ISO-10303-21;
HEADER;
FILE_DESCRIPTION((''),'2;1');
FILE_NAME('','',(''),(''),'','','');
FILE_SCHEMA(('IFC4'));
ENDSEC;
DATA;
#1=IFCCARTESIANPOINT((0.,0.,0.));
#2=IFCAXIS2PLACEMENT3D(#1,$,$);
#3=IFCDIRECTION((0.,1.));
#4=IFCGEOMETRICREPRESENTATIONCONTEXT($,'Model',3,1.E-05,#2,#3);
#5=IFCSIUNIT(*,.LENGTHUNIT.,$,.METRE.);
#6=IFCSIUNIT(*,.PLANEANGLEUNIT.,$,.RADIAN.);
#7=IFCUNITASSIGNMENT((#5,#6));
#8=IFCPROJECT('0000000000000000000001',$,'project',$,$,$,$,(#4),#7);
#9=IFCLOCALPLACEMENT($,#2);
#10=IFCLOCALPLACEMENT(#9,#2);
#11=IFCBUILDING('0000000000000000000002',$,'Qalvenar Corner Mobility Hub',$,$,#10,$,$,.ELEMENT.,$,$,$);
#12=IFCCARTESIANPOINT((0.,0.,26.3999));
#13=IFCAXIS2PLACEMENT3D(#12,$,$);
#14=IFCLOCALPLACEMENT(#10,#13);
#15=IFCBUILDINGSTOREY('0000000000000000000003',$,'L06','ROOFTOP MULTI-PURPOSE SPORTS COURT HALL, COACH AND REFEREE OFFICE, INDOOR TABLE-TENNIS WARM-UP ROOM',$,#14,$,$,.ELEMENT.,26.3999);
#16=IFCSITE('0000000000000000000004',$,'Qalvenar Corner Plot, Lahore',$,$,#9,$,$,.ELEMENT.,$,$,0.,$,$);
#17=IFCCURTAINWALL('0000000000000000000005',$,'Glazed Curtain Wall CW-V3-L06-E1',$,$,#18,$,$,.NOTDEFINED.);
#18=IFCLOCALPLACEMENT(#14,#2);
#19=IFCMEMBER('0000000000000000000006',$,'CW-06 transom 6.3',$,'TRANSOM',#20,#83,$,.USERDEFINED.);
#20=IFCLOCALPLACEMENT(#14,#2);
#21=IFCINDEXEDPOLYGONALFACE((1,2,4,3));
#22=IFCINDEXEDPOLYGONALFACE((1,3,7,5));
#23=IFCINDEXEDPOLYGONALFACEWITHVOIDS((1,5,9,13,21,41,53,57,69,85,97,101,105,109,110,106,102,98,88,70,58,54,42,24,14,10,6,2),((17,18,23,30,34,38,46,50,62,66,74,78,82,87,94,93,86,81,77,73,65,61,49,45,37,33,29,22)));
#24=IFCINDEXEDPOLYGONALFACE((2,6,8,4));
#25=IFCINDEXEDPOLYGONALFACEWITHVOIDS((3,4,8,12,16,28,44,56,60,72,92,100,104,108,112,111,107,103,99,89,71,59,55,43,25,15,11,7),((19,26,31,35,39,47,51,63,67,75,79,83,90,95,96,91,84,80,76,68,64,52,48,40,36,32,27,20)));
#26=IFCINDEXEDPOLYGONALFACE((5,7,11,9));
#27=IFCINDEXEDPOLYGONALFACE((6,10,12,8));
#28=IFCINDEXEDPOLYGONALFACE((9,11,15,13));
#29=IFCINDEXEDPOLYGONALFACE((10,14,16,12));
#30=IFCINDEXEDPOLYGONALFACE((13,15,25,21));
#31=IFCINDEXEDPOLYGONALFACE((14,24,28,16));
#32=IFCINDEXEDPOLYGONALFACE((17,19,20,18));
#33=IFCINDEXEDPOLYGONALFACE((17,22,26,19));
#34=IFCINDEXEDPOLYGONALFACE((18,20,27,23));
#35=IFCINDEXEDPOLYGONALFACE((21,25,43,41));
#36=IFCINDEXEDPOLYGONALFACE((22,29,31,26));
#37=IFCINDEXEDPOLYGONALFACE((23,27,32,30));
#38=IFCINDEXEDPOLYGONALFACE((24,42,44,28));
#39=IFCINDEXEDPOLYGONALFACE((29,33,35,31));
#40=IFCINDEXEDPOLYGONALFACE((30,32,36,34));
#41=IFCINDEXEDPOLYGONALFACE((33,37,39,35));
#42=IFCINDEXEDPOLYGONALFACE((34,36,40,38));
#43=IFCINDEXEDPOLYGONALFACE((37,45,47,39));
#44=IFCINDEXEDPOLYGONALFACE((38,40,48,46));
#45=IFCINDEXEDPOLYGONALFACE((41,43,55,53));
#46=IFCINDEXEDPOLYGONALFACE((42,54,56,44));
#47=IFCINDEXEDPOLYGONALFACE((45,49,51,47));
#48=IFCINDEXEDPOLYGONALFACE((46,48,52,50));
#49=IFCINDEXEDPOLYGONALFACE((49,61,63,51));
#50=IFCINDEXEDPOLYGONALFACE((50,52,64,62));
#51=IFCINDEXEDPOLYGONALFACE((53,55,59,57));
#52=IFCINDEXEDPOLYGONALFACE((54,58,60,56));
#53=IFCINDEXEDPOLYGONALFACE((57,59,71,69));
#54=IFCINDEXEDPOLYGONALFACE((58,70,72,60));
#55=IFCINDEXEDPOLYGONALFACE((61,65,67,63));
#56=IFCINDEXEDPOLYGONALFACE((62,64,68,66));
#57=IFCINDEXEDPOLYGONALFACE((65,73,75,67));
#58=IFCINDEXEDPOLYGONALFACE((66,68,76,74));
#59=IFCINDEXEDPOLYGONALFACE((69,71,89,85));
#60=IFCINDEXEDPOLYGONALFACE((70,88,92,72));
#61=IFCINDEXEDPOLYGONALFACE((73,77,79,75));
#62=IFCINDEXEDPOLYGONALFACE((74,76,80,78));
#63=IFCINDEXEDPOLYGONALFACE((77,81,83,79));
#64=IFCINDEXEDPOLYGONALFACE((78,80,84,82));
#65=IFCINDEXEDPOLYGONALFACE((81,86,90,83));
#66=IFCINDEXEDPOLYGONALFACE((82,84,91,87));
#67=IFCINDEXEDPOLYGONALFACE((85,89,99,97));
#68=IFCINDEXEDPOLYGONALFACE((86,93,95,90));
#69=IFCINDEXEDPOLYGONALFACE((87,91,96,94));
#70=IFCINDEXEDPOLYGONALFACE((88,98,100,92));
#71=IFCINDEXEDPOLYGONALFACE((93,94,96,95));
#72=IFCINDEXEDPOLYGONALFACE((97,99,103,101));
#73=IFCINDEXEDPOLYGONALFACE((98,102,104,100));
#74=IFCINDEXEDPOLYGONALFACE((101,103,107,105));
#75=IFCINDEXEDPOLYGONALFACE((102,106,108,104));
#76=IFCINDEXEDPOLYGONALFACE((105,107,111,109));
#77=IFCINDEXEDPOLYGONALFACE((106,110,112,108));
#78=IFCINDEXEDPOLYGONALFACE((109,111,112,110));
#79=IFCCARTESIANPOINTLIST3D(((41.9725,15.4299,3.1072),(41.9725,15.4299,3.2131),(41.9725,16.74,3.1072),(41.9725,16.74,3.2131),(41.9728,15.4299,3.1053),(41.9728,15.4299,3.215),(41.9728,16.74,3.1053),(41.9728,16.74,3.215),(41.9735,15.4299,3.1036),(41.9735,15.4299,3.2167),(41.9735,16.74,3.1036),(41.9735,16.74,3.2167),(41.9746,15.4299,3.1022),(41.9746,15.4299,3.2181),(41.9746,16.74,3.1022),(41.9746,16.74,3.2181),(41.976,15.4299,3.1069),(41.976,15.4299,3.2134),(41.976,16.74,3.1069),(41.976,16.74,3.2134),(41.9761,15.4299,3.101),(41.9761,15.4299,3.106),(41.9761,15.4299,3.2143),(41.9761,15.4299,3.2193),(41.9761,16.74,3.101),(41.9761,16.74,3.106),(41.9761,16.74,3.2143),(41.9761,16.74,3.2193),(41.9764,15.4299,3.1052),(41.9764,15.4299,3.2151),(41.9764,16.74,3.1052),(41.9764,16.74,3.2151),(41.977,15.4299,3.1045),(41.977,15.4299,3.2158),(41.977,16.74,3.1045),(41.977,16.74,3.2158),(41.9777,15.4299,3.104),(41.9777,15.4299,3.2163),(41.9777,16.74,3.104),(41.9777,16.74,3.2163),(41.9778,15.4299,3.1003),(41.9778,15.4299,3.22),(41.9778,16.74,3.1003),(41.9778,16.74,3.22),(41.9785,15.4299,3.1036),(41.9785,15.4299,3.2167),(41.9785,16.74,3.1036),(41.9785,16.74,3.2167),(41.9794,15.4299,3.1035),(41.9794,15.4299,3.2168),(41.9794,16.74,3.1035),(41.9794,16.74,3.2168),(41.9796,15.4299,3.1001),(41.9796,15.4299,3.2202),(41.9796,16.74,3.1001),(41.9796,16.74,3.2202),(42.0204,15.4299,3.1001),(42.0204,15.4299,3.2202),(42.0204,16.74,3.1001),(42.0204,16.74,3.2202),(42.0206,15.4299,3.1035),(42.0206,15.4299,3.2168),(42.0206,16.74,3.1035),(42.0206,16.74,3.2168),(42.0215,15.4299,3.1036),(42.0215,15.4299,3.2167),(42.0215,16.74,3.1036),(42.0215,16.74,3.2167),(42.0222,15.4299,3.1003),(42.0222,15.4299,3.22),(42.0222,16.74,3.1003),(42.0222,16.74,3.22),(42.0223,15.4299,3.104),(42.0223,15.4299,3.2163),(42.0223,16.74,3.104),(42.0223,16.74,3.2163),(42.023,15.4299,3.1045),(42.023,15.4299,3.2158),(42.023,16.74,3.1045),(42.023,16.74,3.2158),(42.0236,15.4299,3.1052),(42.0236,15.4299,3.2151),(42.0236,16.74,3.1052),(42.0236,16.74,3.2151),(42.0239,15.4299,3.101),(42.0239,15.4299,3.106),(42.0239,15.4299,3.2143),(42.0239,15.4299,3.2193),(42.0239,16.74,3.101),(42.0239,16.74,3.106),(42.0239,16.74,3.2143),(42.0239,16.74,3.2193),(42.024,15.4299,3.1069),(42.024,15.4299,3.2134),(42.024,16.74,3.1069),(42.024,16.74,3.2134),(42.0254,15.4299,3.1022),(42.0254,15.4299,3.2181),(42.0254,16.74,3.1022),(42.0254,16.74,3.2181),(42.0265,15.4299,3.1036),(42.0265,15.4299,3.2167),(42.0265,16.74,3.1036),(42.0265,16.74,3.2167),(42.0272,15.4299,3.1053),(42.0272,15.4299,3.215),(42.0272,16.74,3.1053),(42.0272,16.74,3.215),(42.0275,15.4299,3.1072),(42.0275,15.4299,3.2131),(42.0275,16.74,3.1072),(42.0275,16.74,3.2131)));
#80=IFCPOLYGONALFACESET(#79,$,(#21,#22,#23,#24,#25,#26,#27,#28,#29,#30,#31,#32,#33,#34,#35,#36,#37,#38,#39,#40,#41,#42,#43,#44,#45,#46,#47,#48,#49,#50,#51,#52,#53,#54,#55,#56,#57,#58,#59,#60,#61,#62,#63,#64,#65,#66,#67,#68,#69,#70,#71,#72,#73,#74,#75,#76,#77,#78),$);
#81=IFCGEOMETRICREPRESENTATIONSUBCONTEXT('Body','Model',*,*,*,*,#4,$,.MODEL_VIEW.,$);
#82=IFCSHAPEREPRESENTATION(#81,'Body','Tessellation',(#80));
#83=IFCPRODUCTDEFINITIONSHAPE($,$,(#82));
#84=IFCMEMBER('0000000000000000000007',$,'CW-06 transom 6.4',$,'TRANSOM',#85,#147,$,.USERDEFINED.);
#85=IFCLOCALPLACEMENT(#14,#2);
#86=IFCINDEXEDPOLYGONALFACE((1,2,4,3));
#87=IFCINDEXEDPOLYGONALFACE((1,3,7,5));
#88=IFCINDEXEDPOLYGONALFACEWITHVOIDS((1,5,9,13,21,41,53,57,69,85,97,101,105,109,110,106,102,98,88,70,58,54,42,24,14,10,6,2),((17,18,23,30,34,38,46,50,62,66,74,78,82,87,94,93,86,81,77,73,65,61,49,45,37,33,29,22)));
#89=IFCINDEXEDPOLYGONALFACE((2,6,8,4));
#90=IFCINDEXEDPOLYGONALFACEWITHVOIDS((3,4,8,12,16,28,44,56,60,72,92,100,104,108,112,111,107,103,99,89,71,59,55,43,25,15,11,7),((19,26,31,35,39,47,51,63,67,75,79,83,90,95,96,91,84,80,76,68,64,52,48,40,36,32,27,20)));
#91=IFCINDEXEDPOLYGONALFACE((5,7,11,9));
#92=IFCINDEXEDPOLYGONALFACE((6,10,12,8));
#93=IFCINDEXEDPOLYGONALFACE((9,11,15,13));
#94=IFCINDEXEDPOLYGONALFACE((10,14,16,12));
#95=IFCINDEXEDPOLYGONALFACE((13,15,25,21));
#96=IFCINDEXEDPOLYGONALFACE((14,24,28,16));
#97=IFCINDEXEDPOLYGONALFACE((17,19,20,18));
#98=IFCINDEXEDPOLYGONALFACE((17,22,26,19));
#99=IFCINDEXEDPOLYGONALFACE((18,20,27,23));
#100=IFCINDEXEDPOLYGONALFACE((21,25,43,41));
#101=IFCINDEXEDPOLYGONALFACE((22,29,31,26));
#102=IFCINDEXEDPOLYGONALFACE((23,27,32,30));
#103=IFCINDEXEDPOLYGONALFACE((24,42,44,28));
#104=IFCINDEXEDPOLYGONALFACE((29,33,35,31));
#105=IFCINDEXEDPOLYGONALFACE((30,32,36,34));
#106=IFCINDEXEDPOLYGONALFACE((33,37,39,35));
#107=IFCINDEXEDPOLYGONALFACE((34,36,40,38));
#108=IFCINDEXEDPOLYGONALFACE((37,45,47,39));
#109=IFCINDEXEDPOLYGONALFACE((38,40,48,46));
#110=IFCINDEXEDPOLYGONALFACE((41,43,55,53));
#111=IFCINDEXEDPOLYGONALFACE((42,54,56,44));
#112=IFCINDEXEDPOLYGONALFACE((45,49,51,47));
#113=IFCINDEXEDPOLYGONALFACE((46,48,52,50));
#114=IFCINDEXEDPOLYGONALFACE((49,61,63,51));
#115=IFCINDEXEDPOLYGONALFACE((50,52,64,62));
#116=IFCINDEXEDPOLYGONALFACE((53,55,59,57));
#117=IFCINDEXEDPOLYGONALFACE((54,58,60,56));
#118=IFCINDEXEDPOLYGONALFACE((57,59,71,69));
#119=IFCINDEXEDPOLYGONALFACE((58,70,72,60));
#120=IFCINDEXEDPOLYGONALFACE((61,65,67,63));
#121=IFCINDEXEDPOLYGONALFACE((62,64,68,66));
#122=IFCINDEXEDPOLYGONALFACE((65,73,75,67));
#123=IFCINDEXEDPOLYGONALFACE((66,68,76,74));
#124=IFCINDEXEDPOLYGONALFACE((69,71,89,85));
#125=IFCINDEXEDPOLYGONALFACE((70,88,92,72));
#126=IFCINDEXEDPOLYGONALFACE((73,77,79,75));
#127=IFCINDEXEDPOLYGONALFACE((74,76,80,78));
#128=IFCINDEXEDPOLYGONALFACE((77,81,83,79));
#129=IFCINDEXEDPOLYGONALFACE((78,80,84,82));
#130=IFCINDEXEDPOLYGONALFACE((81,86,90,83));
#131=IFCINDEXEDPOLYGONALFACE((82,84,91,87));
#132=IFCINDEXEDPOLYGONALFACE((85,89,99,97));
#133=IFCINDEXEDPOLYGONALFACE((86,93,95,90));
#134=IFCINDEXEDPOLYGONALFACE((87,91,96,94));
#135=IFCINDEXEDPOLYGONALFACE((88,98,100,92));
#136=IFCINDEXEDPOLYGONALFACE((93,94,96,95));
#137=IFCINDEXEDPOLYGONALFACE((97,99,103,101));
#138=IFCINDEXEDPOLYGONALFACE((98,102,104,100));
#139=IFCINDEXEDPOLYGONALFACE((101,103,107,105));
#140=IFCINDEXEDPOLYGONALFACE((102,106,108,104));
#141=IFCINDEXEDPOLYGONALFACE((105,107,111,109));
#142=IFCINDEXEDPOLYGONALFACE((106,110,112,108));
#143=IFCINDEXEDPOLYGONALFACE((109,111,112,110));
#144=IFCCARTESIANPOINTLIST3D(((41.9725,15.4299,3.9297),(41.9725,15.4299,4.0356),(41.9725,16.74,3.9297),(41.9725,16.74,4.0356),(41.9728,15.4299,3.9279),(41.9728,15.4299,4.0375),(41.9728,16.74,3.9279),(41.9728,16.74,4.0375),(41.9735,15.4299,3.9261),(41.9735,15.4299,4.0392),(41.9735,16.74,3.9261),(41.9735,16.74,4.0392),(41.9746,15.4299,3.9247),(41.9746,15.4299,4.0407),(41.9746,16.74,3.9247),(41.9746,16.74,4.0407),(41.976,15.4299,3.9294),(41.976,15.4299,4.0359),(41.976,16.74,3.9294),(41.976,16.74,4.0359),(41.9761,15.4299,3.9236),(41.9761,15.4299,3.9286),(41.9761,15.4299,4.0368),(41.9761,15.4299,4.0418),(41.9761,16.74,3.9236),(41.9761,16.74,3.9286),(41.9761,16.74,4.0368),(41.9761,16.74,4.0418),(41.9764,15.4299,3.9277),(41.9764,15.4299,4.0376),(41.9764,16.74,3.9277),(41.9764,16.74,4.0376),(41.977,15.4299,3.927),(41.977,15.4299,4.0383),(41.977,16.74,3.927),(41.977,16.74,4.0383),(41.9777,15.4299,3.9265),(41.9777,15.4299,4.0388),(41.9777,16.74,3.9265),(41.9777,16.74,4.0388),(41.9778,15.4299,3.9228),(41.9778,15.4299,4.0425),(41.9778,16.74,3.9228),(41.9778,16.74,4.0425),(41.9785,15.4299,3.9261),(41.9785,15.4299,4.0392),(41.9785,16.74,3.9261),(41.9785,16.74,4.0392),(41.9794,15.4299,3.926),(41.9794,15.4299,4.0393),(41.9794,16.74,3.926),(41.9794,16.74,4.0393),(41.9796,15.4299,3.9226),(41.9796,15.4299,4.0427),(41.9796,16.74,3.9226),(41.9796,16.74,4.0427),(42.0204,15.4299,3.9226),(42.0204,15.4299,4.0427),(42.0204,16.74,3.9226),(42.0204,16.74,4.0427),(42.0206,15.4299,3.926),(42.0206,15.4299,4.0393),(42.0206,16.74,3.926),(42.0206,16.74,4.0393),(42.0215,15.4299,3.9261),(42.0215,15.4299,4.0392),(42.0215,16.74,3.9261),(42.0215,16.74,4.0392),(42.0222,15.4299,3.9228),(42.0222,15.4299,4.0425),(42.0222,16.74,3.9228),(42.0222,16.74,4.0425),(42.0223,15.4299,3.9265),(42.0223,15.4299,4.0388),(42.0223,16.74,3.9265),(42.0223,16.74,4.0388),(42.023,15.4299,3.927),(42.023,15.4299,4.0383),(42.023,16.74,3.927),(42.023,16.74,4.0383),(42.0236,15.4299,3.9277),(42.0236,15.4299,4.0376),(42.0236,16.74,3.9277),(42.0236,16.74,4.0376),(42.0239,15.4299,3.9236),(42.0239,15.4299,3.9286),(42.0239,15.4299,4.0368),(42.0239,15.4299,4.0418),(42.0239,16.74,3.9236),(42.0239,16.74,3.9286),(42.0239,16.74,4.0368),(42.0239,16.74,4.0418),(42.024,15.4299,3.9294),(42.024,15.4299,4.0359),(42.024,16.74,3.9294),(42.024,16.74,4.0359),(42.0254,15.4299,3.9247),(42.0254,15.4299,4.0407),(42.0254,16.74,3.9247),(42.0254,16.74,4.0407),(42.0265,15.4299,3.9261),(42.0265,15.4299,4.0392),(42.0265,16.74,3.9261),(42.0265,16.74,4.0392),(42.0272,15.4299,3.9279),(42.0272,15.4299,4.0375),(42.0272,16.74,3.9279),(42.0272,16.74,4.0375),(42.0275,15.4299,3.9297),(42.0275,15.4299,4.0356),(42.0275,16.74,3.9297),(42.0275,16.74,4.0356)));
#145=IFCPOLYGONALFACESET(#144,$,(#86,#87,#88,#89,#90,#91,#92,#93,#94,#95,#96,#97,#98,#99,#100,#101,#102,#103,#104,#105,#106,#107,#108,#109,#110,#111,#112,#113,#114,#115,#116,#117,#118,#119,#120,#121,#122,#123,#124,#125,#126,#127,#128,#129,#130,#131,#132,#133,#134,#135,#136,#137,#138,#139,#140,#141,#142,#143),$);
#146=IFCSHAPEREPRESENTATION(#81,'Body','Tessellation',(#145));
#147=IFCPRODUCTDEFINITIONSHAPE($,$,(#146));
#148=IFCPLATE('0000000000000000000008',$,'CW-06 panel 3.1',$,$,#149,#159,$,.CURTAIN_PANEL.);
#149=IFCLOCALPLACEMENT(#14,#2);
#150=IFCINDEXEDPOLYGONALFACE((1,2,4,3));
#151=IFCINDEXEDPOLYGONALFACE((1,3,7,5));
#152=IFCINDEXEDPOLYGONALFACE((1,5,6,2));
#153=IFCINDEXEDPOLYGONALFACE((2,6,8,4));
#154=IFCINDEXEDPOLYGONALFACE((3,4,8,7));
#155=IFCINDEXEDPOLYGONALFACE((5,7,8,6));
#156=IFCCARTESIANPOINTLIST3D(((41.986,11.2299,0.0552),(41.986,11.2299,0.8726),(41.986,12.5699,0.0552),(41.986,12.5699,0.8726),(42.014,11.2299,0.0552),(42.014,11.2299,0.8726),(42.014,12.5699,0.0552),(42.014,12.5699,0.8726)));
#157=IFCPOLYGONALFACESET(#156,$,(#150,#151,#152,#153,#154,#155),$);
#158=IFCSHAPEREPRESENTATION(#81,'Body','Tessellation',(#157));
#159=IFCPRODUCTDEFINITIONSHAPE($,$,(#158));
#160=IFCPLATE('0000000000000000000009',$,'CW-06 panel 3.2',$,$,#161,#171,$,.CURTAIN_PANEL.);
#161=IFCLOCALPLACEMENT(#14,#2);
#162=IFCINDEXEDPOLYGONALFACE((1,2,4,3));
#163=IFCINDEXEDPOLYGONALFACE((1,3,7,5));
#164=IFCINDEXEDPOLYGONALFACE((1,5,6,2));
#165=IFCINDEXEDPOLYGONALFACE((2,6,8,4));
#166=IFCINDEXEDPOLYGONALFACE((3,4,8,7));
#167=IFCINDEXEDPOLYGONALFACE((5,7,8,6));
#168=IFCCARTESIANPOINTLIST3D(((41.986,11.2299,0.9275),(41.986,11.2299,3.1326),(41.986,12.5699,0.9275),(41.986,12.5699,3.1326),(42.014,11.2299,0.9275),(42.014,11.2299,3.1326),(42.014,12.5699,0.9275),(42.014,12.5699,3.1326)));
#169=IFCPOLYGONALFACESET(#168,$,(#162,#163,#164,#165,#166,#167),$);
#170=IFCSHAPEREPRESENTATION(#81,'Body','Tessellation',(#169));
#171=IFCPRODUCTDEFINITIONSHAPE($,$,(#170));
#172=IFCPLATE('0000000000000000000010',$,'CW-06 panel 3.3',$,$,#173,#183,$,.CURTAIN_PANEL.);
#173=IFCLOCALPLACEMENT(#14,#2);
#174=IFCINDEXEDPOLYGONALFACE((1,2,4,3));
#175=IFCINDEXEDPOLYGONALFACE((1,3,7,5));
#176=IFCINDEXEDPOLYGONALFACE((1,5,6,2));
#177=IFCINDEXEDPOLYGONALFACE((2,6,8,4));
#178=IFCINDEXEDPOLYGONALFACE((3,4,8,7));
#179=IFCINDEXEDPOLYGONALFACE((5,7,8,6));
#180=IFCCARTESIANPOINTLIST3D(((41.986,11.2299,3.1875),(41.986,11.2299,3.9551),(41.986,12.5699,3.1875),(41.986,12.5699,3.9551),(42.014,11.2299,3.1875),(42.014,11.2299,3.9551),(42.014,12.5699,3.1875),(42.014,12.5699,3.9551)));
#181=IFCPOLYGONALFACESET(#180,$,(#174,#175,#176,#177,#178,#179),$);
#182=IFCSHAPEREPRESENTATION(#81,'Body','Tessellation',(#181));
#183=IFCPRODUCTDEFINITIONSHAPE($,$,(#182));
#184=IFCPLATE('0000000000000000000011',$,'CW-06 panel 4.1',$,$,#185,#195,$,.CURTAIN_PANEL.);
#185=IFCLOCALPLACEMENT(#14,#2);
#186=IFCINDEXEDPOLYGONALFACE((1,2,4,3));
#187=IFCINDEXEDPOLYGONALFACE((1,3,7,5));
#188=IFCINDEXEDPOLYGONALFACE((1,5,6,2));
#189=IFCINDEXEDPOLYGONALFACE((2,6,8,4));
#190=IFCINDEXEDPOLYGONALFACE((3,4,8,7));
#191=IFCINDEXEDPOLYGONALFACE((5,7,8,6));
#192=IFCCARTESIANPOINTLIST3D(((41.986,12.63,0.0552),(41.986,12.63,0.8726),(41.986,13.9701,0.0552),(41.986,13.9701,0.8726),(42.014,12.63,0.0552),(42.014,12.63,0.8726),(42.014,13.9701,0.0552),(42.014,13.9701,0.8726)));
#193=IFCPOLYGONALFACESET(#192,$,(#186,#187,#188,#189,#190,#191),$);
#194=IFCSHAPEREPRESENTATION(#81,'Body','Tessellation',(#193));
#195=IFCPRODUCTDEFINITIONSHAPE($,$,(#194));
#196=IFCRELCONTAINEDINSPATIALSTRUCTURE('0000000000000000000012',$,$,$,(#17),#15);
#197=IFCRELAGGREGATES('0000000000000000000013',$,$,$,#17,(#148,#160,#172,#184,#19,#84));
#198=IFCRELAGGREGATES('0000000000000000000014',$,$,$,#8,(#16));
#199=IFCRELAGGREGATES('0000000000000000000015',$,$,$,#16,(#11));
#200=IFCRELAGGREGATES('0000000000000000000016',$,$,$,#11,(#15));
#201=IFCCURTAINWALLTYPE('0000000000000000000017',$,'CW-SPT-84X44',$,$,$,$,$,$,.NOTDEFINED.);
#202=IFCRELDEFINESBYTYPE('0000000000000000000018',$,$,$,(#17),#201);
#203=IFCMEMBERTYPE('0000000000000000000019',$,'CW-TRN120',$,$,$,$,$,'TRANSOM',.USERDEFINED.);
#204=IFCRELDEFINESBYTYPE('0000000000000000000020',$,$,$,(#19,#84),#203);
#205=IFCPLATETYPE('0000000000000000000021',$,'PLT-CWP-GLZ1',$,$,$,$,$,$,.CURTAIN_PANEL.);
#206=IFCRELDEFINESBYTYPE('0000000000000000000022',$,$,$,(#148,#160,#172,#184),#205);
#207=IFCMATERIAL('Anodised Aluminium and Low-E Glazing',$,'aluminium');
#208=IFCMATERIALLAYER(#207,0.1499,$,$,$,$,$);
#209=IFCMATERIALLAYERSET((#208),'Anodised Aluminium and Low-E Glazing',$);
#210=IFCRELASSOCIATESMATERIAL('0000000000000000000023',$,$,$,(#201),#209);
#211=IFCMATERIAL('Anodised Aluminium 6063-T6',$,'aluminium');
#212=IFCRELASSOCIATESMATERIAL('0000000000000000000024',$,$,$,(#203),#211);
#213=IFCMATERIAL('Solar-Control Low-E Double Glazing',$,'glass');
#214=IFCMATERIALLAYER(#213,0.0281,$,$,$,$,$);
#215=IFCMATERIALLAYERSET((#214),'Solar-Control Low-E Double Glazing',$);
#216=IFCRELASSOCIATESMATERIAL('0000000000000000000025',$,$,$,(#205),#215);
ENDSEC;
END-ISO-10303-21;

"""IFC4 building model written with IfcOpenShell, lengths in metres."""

from ifc_helpers import new_model, si_unit, direction, frame, origin, origin_2d, place, context, subcontext, project, spatial, rectangle, hollow_rectangle, extrude, material, layer, layer_set, material_profile, profile_set, type_object, element, aggregate, save


model = new_model("IFC4")

# Units and contexts
model_context = context("Model", 3, precision=1e-05, world=origin(), true_north=direction((0.0, 1.0)))
body_context = subcontext(model_context, "Body", "Model", "MODEL_VIEW")
ifc_project = project(units=[si_unit("LENGTHUNIT", "METRE"), si_unit("PLANEANGLEUNIT", "RADIAN")], contexts=[model_context])

# Site, building, storey
site_placement = place(None, origin())
site = spatial("IfcSite", under=ifc_project, at=site_placement, Name="Qalvenar Corner Plot, Lahore", CompositionType="ELEMENT", RefElevation=0.0)
building_placement = place(site_placement, origin())
building = spatial("IfcBuilding", under=site, at=building_placement, Name="Qalvenar Corner Mobility Hub", CompositionType="ELEMENT")
storey_placement = place(building_placement, frame((0.0, 0.0, 26.3999)))
storey = spatial("IfcBuildingStorey", under=building, at=storey_placement, Name="L06", Description="ROOFTOP MULTI-PURPOSE SPORTS COURT HALL, COACH AND REFEREE OFFICE, INDOOR TABLE-TENNIS WARM-UP ROOM", CompositionType="ELEMENT", Elevation=26.3999)

# Curtain wall, members, plates
ifc_material_1 = material(Name="Anodised Aluminium and Low-E Glazing", Category="aluminium")
ifc_layer_1 = layer(ifc_material_1, 0.1499)
ifc_layer_set_1 = layer_set([ifc_layer_1], Name="Anodised Aluminium and Low-E Glazing")
curtain_wall_type = type_object("IfcCurtainWallType", Name="CW-SPT-84X44", PredefinedType="NOTDEFINED", material=ifc_layer_set_1)
curtain_wall_placement = place(storey_placement, origin())
curtain_wall = element("IfcCurtainWall", 1, at=curtain_wall_placement, inside=storey, type_object=curtain_wall_type, Name="Glazed Curtain Wall CW-V3-L06-E1", PredefinedType="NOTDEFINED")
ifc_material_2 = material(Name="Anodised Aluminium 6063-T6", Category="aluminium")
ifc_material_profile_1 = material_profile(ifc_material_2, hollow_rectangle(XDim=0.0549, YDim=0.1201, WallThickness=0.0034, InnerFilletRadius=0.0034, OuterFilletRadius=0.0071, at=origin_2d()), Name="RHS120x55x3.5")
ifc_profile_set_1 = profile_set([ifc_material_profile_1], Name="Anodised Aluminium 6063-T6")
member_type_1 = type_object("IfcMemberType", Name="CW-TRN120", ElementType="TRANSOM", PredefinedType="USERDEFINED", material=ifc_profile_set_1)
member_1_placement = place(storey_placement, frame((42.0, 15.4299, 3.1602), z_axis=(0.0, 1.0, 0.0), x_axis=(-1.0, 0.0, 0.0)))
member_1 = element("IfcMember", 2, at=member_1_placement, type_object=member_type_1, Name="CW-06 transom 6.3", ObjectType="TRANSOM", PredefinedType="USERDEFINED", context=body_context, shape_type="SweptSolid", body=[
    extrude(hollow_rectangle(XDim=0.0549, YDim=0.1201, WallThickness=0.0034, InnerFilletRadius=0.0034, OuterFilletRadius=0.0071, at=origin_2d()), origin(), (0.0, 0.0, 1.0), 1.3101),
])
member_2_placement = place(storey_placement, frame((42.0, 15.4299, 3.9827), z_axis=(0.0, 1.0, 0.0), x_axis=(-1.0, 0.0, 0.0)))
member_2 = element("IfcMember", 3, at=member_2_placement, type_object=member_type_1, Name="CW-06 transom 6.4", ObjectType="TRANSOM", PredefinedType="USERDEFINED", context=body_context, shape_type="SweptSolid", body=[
    extrude(hollow_rectangle(XDim=0.0549, YDim=0.1201, WallThickness=0.0034, InnerFilletRadius=0.0034, OuterFilletRadius=0.0071, at=origin_2d()), origin(), (0.0, 0.0, 1.0), 1.3101),
])
ifc_material_3 = material(Name="Solar-Control Low-E Double Glazing", Category="glass")
ifc_layer_2 = layer(ifc_material_3, 0.0281)
ifc_layer_set_2 = layer_set([ifc_layer_2], Name="Solar-Control Low-E Double Glazing")
plate_type = type_object("IfcPlateType", Name="PLT-CWP-GLZ1", PredefinedType="CURTAIN_PANEL", material=ifc_layer_set_2)
plate_1_placement = place(storey_placement, frame((42.0, 11.8999, 0.0552), z_axis=(0.0, 0.0, 1.0), x_axis=(0.0, 1.0, 0.0)))
plate_1 = element("IfcPlate", 4, at=plate_1_placement, type_object=plate_type, Name="CW-06 panel 3.1", PredefinedType="CURTAIN_PANEL", context=body_context, shape_type="SweptSolid", body=[
    extrude(rectangle(XDim=1.3401, YDim=0.0281, at=origin_2d()), origin(), (0.0, 0.0, 1.0), 0.8174),
])
plate_2_placement = place(storey_placement, frame((42.0, 11.8999, 0.9275), z_axis=(0.0, 0.0, 1.0), x_axis=(0.0, 1.0, 0.0)))
plate_2 = element("IfcPlate", 5, at=plate_2_placement, type_object=plate_type, Name="CW-06 panel 3.2", PredefinedType="CURTAIN_PANEL", context=body_context, shape_type="SweptSolid", body=[
    extrude(rectangle(XDim=1.3401, YDim=0.0281, at=origin_2d()), origin(), (0.0, 0.0, 1.0), 2.2051),
])
plate_3_placement = place(storey_placement, frame((42.0, 11.8999, 3.1875), z_axis=(0.0, 0.0, 1.0), x_axis=(0.0, 1.0, 0.0)))
plate_3 = element("IfcPlate", 6, at=plate_3_placement, type_object=plate_type, Name="CW-06 panel 3.3", PredefinedType="CURTAIN_PANEL", context=body_context, shape_type="SweptSolid", body=[
    extrude(rectangle(XDim=1.3401, YDim=0.0281, at=origin_2d()), origin(), (0.0, 0.0, 1.0), 0.7676),
])
plate_4_placement = place(storey_placement, frame((42.0, 13.3, 0.0552), z_axis=(0.0, 0.0, 1.0), x_axis=(0.0, 1.0, 0.0)))
plate_4 = element("IfcPlate", 7, at=plate_4_placement, type_object=plate_type, Name="CW-06 panel 4.1", PredefinedType="CURTAIN_PANEL", context=body_context, shape_type="SweptSolid", body=[
    extrude(rectangle(XDim=1.3401, YDim=0.0281, at=origin_2d()), origin(), (0.0, 0.0, 1.0), 0.8174),
])
aggregate(curtain_wall, [plate_1, plate_2, plate_3, plate_4, member_1, member_2])

save(model, "model.ifc")
